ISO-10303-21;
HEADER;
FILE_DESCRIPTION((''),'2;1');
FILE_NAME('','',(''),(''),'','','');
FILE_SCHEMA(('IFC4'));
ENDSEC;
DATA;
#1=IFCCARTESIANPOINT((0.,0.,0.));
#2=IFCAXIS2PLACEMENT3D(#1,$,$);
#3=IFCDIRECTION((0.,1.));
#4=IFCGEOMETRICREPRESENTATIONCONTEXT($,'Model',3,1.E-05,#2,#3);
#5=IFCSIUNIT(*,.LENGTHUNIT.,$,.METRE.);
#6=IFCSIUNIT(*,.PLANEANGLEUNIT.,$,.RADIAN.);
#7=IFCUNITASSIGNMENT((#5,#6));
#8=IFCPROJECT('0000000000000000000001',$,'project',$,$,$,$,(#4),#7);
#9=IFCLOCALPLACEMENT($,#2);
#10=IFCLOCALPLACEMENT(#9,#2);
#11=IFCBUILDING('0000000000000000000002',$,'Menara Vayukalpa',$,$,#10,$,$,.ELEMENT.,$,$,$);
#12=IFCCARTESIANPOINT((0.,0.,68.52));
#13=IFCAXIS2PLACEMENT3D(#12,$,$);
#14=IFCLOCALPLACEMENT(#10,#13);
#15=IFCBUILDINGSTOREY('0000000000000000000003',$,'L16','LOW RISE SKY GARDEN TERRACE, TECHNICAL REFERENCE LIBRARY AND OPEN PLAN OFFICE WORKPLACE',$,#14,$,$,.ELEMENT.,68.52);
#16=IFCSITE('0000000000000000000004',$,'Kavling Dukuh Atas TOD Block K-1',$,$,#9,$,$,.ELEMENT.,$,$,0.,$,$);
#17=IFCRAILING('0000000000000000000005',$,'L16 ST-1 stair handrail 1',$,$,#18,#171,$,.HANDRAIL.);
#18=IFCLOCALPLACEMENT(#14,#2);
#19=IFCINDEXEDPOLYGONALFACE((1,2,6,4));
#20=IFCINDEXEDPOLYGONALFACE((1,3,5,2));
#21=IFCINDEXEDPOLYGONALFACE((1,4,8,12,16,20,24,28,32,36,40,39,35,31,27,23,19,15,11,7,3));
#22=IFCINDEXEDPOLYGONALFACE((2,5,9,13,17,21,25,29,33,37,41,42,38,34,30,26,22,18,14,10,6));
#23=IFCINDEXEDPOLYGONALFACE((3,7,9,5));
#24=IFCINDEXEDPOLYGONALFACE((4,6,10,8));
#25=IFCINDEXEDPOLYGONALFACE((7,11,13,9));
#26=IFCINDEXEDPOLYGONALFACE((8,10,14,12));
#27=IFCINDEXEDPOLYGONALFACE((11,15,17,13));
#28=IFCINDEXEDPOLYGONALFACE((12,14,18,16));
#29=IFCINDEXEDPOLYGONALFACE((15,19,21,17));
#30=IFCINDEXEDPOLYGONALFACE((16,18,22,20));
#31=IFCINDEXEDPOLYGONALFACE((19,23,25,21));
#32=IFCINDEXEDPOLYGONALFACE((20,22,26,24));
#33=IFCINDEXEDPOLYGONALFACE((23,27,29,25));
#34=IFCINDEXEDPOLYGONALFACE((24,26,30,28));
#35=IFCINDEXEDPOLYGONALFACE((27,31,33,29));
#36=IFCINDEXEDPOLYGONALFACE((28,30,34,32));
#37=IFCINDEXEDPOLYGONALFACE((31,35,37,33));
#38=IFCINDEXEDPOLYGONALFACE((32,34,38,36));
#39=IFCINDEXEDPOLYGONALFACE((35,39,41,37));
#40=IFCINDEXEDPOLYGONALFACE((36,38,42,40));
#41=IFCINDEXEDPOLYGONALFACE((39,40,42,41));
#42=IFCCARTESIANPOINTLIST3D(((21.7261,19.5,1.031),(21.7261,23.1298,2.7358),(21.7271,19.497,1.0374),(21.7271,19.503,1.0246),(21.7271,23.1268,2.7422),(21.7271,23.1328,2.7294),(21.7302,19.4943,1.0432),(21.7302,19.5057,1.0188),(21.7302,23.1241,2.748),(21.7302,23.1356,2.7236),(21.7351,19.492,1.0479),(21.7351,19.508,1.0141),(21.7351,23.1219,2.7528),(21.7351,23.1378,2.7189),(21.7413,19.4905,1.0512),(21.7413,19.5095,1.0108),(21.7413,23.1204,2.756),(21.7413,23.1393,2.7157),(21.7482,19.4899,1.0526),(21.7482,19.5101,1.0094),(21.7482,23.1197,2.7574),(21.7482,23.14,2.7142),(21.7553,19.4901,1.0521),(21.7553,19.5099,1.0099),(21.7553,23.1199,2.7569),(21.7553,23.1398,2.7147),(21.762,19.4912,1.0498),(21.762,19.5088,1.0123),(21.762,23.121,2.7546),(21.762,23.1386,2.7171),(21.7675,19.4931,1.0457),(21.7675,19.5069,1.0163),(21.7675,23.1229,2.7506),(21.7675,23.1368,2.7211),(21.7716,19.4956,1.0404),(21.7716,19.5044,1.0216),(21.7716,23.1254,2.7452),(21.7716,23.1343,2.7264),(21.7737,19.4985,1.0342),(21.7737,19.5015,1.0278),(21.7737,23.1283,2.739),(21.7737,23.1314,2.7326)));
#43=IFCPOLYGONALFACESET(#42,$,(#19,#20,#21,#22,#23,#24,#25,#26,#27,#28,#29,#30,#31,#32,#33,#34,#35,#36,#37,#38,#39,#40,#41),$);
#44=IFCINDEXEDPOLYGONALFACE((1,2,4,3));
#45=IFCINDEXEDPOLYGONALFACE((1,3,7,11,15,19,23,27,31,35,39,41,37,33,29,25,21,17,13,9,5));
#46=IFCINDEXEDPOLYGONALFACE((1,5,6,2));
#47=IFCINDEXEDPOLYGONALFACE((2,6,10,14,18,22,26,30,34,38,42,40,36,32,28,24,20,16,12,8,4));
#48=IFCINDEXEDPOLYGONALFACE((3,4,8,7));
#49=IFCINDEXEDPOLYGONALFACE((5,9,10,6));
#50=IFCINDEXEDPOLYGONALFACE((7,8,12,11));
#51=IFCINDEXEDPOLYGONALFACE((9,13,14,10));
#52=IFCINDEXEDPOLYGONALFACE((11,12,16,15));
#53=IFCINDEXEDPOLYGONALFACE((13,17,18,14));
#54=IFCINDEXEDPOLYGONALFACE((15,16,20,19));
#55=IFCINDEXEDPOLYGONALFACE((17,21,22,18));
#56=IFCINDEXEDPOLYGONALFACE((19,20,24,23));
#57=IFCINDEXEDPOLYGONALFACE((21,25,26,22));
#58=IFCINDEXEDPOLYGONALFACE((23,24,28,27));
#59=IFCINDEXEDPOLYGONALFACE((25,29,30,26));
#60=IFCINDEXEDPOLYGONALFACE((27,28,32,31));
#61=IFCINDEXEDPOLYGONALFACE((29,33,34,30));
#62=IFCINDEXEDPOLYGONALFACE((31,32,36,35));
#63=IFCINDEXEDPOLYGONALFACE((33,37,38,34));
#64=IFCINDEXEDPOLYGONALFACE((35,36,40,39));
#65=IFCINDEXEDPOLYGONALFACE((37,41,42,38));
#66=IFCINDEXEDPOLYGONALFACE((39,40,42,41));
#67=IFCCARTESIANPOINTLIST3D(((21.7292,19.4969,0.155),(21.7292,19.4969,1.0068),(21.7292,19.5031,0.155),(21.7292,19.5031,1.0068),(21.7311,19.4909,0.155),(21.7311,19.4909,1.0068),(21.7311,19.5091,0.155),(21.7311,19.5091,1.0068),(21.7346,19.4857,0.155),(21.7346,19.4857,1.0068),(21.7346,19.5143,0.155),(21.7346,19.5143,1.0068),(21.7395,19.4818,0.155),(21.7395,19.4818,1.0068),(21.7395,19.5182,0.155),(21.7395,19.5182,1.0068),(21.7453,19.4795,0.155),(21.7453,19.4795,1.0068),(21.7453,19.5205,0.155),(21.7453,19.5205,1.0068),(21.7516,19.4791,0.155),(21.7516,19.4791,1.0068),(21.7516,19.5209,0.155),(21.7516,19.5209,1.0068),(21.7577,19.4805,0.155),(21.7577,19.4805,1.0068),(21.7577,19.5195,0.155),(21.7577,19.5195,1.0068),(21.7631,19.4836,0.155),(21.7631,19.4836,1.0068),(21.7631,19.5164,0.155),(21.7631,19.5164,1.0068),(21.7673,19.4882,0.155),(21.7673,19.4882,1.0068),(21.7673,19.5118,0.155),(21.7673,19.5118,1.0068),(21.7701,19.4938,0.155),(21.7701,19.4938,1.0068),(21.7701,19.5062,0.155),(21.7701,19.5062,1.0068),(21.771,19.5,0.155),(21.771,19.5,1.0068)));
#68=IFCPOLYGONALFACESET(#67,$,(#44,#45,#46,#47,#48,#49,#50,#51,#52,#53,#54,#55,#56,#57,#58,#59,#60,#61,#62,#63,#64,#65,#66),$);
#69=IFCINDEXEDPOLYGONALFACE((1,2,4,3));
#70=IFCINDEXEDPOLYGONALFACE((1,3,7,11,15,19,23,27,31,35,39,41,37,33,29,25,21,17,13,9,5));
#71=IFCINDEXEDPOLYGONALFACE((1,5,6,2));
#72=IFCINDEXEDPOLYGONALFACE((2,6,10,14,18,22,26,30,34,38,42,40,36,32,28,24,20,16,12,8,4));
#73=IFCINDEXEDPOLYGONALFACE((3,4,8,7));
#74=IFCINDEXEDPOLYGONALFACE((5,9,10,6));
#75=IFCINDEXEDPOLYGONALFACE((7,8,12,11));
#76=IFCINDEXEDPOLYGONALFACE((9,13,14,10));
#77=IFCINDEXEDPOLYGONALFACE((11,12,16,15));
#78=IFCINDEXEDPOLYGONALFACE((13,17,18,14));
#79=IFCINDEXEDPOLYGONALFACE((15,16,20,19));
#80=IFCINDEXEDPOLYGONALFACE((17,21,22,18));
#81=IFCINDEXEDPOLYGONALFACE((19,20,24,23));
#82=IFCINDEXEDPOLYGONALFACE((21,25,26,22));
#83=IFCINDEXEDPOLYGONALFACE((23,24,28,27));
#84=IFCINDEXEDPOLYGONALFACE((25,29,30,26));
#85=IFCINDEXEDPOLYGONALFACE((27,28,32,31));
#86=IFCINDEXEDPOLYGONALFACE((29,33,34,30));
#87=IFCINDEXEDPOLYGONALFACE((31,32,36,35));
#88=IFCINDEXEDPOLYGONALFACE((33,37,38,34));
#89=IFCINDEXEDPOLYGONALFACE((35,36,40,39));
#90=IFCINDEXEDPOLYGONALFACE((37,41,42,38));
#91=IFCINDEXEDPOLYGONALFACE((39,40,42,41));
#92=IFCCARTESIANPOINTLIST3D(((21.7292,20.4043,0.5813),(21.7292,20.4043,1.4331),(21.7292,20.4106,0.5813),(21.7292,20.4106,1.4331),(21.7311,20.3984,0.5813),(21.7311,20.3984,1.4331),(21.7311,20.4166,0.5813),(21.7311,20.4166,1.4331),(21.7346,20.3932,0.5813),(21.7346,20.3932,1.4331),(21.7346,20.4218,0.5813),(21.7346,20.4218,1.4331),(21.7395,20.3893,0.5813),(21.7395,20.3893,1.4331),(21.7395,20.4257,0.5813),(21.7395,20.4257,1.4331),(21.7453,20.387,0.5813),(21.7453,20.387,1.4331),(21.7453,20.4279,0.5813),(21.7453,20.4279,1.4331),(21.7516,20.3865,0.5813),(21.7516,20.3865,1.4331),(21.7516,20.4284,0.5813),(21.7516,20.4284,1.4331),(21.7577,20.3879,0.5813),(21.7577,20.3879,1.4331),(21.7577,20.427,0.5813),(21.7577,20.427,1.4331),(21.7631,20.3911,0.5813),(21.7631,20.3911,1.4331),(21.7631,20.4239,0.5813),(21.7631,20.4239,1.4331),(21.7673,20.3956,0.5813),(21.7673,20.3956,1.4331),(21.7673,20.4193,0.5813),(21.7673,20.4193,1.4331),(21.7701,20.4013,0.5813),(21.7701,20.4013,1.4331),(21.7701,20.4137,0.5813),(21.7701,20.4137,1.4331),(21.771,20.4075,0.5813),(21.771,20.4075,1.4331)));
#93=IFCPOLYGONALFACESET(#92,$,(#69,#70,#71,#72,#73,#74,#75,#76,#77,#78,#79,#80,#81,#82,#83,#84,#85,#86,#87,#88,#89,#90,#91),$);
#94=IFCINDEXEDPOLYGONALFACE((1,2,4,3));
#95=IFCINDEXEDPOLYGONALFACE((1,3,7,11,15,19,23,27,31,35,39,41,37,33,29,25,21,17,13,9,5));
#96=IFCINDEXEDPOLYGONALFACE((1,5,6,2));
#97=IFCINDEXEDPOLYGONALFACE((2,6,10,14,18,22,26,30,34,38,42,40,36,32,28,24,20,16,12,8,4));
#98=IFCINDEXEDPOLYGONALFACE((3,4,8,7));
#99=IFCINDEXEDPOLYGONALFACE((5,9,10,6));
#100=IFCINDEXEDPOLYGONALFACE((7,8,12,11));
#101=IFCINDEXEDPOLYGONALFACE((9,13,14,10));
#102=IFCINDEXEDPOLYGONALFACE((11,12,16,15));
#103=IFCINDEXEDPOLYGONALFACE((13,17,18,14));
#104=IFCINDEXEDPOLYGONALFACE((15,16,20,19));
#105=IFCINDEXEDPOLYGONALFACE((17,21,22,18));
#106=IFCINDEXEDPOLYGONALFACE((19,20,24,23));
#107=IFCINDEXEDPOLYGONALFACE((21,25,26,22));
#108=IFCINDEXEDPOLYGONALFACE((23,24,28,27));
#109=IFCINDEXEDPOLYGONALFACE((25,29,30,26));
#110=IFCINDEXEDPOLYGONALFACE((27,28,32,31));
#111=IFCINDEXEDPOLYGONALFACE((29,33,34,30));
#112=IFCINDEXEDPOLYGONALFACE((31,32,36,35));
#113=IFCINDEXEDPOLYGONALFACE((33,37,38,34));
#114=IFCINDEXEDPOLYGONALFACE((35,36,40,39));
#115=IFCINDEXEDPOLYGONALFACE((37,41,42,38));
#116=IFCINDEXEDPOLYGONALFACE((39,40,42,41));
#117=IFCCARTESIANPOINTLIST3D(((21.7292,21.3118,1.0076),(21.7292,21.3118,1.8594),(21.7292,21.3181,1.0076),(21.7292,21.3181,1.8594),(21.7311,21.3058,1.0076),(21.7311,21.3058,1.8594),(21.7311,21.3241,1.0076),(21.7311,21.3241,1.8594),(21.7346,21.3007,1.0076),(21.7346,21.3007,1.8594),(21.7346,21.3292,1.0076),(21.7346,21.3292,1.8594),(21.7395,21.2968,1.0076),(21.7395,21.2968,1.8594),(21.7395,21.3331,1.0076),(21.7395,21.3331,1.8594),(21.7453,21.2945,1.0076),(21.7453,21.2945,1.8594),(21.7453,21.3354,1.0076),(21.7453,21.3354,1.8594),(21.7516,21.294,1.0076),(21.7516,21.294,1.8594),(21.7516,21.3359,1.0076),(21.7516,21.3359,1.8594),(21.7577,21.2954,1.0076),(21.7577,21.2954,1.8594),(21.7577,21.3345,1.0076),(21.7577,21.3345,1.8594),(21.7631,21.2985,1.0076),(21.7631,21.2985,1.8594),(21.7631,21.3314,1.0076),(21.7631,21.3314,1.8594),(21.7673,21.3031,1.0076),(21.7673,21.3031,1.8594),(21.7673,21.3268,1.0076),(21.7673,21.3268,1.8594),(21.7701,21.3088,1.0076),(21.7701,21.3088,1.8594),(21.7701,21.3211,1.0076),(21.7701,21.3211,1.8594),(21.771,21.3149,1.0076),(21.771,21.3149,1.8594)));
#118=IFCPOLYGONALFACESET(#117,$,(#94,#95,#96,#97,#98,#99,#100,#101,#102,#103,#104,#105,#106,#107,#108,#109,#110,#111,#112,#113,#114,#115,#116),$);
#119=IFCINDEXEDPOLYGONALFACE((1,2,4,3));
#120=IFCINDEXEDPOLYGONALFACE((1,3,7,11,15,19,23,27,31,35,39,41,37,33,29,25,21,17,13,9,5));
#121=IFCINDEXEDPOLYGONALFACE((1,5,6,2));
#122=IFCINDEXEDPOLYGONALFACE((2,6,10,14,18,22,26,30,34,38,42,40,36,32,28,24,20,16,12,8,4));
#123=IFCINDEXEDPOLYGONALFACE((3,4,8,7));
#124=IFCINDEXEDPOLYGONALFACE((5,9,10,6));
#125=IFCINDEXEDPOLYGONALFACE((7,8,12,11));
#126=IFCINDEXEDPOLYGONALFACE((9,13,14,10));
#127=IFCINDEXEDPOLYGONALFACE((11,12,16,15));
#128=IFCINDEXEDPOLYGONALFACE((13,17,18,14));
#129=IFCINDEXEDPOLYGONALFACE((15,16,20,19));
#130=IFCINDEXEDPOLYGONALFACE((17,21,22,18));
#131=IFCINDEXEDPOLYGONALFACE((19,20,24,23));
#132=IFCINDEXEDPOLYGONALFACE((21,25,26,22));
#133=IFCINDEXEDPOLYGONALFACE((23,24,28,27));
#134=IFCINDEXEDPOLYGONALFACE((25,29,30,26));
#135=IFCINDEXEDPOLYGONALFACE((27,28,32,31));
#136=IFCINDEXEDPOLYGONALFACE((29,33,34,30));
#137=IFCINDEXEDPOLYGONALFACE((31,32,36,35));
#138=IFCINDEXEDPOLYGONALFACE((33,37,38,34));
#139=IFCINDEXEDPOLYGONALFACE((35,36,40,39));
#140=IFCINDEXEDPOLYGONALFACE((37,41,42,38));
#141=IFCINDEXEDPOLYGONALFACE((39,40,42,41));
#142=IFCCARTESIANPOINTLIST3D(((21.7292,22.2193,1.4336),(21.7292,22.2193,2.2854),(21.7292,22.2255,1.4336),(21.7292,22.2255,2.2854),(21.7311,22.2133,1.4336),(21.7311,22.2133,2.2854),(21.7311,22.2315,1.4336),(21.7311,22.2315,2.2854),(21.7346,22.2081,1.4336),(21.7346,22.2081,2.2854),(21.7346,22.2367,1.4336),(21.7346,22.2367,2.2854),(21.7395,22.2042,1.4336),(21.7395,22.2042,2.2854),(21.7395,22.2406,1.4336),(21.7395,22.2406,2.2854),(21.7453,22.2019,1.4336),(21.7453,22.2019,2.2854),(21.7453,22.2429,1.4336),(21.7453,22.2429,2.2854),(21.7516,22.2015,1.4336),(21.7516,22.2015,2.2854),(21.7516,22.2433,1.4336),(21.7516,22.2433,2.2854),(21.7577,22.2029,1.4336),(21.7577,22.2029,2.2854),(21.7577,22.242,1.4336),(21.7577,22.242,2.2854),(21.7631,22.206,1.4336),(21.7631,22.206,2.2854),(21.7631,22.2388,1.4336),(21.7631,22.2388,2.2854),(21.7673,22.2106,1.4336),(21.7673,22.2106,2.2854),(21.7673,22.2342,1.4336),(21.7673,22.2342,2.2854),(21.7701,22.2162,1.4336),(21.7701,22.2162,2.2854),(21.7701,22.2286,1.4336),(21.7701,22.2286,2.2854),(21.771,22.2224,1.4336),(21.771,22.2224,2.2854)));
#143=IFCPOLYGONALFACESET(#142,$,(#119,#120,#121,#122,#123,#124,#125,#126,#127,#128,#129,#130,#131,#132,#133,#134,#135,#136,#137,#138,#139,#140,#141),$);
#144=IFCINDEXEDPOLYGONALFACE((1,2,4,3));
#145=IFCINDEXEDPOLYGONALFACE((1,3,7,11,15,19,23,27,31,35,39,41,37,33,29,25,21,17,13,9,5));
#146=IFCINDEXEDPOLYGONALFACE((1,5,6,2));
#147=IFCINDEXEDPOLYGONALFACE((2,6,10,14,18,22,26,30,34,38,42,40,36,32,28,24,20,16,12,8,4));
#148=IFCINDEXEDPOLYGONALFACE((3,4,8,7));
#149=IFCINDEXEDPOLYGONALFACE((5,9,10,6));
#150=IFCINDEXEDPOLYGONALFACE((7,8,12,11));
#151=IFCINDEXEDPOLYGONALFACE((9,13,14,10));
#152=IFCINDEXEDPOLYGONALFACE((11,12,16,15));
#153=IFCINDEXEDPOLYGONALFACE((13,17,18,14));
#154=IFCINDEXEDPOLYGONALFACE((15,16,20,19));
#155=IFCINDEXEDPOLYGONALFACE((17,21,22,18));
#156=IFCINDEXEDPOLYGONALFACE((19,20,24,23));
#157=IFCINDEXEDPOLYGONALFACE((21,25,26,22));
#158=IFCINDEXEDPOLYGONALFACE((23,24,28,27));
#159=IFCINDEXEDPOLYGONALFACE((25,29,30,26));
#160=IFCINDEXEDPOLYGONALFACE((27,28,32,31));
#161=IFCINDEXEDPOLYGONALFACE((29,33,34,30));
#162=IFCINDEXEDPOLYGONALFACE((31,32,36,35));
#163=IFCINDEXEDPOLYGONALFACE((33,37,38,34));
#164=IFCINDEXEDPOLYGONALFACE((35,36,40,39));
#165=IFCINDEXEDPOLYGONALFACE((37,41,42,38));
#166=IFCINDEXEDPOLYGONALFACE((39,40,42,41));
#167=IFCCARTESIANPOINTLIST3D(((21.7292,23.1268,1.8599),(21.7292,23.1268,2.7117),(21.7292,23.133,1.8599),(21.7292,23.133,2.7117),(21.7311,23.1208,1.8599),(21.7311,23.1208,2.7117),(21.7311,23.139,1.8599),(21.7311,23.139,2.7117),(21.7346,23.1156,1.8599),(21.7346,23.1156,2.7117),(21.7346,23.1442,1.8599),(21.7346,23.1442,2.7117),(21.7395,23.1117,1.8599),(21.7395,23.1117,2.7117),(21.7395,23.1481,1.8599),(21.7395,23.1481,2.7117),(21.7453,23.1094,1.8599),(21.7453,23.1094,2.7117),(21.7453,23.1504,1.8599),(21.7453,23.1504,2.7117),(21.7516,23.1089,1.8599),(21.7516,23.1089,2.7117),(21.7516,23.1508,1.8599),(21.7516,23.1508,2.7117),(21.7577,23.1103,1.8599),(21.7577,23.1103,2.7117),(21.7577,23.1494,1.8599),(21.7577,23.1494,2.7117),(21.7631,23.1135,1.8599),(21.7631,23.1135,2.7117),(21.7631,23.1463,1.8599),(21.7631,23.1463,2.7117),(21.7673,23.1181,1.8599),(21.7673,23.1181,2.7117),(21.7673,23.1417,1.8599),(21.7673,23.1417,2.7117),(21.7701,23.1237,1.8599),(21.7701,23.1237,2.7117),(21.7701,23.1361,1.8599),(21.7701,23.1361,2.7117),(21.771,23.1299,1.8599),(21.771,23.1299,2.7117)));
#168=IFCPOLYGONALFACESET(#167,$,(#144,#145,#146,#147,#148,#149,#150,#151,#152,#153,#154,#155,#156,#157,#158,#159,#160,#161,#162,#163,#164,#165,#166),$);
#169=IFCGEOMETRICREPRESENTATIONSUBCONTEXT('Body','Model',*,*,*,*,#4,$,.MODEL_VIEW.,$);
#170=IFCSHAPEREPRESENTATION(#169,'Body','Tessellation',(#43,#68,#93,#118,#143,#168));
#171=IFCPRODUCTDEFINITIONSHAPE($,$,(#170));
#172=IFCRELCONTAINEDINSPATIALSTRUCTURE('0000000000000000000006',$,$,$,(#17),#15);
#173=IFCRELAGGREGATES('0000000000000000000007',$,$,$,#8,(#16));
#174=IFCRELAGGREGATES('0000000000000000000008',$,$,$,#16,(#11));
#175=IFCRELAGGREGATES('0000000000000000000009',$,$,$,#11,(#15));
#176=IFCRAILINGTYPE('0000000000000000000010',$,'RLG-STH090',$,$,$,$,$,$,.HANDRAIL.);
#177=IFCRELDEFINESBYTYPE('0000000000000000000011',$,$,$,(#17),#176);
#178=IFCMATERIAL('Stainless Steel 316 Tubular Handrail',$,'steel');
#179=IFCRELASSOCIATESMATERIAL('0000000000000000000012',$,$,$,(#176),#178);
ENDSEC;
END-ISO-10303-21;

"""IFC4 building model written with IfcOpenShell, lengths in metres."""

from ifc_helpers import new_model, si_unit, direction, frame, origin, origin_2d, place, context, subcontext, project, spatial, circle, extrude, material, type_object, element, save


model = new_model("IFC4")

# Units and contexts
model_context = context("Model", 3, precision=1e-05, world=origin(), true_north=direction((0.0, 1.0)))
body_context = subcontext(model_context, "Body", "Model", "MODEL_VIEW")
ifc_project = project(units=[si_unit("LENGTHUNIT", "METRE"), si_unit("PLANEANGLEUNIT", "RADIAN")], contexts=[model_context])

# Site, building, storey
site_placement = place(None, origin())
site = spatial("IfcSite", under=ifc_project, at=site_placement, Name="Kavling Dukuh Atas TOD Block K-1", CompositionType="ELEMENT", RefElevation=0.0)
building_placement = place(site_placement, origin())
building = spatial("IfcBuilding", under=site, at=building_placement, Name="Menara Vayukalpa", CompositionType="ELEMENT")
storey_placement = place(building_placement, frame((0.0, 0.0, 68.52)))
storey = spatial("IfcBuildingStorey", under=building, at=storey_placement, Name="L16", Description="LOW RISE SKY GARDEN TERRACE, TECHNICAL REFERENCE LIBRARY AND OPEN PLAN OFFICE WORKPLACE", CompositionType="ELEMENT", Elevation=68.52)

# Railing
ifc_material_1 = material(Name="Stainless Steel 316 Tubular Handrail", Category="steel")
railing_type_1 = type_object("IfcRailingType", Name="RLG-STH090", PredefinedType="HANDRAIL", material=ifc_material_1)
railing_1_placement = place(storey_placement, frame((21.75, 19.5, 0.155)))
element("IfcRailing", 1, at=railing_1_placement, inside=storey, type_object=railing_type_1, Name="L16 ST-1 stair handrail 1", PredefinedType="HANDRAIL", context=body_context, shape_type="SweptSolid", body=[
    extrude(circle(Radius=0.0239, at=origin_2d()), frame((0.0, 0.0, 0.876), z_axis=(0.0, 0.90514, 0.425114), x_axis=(-1.0, 0.0, 0.0)), (0.0, 0.0, 1.0), 4.0103),
    extrude(circle(Radius=0.021, at=origin_2d()), origin(), (0.0, 0.0, 1.0), 0.8518),
    extrude(circle(Radius=0.021, at=origin_2d()), frame((0.0, 0.9075, 0.4263)), (0.0, 0.0, 1.0), 0.8518),
    extrude(circle(Radius=0.021, at=origin_2d()), frame((0.0, 1.8149, 0.8525)), (0.0, 0.0, 1.0), 0.8518),
    extrude(circle(Radius=0.021, at=origin_2d()), frame((0.0, 2.7224, 1.2786)), (0.0, 0.0, 1.0), 0.8518),
    extrude(circle(Radius=0.021, at=origin_2d()), frame((0.0, 3.6299, 1.7048)), (0.0, 0.0, 1.0), 0.8518),
])

save(model, "model.ifc")
